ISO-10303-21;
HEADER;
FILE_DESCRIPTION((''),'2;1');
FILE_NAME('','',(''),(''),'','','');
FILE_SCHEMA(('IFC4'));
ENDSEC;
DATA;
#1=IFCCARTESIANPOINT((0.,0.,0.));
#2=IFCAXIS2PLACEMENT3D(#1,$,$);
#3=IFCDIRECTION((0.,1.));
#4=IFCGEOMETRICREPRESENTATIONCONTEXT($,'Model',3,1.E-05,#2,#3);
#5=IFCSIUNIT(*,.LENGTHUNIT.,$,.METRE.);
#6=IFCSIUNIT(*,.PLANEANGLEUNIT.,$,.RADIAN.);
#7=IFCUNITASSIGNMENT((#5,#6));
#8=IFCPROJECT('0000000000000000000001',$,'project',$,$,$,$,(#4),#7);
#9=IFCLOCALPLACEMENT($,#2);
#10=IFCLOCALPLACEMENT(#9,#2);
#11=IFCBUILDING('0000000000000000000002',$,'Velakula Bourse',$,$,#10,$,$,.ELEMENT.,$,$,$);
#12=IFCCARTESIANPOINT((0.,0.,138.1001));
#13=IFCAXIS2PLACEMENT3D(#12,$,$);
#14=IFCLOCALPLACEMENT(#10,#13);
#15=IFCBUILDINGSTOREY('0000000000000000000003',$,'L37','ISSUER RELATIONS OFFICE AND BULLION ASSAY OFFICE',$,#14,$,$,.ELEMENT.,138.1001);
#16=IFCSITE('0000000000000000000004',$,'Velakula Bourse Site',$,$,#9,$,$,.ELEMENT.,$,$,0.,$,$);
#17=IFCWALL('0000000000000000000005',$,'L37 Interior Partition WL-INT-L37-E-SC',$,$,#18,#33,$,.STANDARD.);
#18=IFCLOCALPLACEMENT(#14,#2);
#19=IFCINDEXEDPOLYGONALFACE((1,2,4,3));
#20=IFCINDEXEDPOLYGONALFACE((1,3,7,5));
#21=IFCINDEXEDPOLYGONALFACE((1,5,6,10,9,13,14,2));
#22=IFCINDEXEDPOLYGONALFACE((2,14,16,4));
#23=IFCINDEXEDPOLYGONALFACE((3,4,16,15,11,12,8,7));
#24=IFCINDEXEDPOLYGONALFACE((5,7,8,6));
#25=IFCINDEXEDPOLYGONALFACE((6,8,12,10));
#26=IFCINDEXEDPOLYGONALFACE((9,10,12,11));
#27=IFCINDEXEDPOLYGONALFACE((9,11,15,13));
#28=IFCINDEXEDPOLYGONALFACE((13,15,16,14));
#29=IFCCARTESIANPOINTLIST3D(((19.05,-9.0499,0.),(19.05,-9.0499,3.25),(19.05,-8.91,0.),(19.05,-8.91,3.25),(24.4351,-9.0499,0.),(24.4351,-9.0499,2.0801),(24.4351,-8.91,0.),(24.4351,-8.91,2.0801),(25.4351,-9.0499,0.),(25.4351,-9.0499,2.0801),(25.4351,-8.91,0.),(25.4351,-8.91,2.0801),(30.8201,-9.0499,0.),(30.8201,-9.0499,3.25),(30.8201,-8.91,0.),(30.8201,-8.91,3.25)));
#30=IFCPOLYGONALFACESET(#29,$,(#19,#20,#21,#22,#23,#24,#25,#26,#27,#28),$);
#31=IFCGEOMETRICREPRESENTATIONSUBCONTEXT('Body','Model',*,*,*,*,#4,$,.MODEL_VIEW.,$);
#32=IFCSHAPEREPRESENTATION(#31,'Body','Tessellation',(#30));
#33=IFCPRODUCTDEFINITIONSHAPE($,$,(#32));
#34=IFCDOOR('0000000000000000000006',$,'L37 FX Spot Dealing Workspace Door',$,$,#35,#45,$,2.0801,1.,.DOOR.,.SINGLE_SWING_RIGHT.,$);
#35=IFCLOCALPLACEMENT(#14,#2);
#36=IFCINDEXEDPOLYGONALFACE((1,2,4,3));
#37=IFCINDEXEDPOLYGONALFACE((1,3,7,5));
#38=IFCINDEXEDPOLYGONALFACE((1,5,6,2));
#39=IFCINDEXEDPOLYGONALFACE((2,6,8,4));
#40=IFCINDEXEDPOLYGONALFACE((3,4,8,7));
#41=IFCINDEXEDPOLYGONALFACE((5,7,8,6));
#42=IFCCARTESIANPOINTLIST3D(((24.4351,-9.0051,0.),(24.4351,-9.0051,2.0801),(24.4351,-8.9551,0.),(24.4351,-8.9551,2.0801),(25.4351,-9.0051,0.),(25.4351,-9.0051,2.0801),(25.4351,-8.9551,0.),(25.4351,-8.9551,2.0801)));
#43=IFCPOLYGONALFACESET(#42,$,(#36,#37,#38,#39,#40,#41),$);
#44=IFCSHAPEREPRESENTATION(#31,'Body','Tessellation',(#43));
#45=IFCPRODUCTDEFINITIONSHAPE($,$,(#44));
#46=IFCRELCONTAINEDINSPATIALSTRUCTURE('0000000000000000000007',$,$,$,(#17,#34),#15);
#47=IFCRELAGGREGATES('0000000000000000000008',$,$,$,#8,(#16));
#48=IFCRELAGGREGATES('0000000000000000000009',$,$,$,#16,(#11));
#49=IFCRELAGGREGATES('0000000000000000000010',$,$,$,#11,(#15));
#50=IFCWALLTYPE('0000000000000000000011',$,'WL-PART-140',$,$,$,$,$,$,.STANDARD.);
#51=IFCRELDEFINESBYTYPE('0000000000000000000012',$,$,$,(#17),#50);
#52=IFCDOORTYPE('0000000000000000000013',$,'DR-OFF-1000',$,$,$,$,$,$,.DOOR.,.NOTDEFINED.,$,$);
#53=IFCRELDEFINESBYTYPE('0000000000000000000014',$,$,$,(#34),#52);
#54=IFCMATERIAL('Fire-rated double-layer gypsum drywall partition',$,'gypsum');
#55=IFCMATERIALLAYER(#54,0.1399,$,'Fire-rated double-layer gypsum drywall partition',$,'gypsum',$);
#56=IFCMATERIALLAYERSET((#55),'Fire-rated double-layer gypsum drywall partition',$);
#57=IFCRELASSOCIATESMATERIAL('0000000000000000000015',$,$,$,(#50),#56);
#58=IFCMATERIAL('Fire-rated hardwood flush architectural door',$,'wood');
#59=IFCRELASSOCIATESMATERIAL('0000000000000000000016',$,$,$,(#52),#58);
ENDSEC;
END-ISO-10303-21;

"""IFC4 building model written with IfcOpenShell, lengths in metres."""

from ifc_helpers import new_model, si_unit, direction, frame, frame_2d, origin, place, context, subcontext, project, spatial, rectangle, extrude, material, layer, layer_set, type_object, element, fill, save


model = new_model("IFC4")

# Units and contexts
model_context = context("Model", 3, precision=1e-05, world=origin(), true_north=direction((0.0, 1.0)))
body_context = subcontext(model_context, "Body", "Model", "MODEL_VIEW")
ifc_project = project(units=[si_unit("LENGTHUNIT", "METRE"), si_unit("PLANEANGLEUNIT", "RADIAN")], contexts=[model_context])

# Site, building, storey
site_placement = place(None, origin())
site = spatial("IfcSite", under=ifc_project, at=site_placement, Name="Velakula Bourse Site", CompositionType="ELEMENT", RefElevation=0.0)
building_placement = place(site_placement, origin())
building = spatial("IfcBuilding", under=site, at=building_placement, Name="Velakula Bourse", CompositionType="ELEMENT")
storey_placement = place(building_placement, frame((0.0, 0.0, 138.1001)))
storey = spatial("IfcBuildingStorey", under=building, at=storey_placement, Name="L37", Description="ISSUER RELATIONS OFFICE AND BULLION ASSAY OFFICE", CompositionType="ELEMENT", Elevation=138.1001)

# Wall, opening, door
ifc_material_1 = material(Name="Fire-rated double-layer gypsum drywall partition", Category="gypsum")
ifc_layer_1 = layer(ifc_material_1, 0.1399, Name="Fire-rated double-layer gypsum drywall partition", Category="gypsum")
ifc_layer_set_1 = layer_set([ifc_layer_1], Name="Fire-rated double-layer gypsum drywall partition")
wall_type_1 = type_object("IfcWallType", Name="WL-PART-140", PredefinedType="STANDARD", material=ifc_layer_set_1)
wall_1_placement = place(storey_placement, frame((19.05, -8.98, 0.0), z_axis=(0.0, 0.0, 1.0), x_axis=(1.0, 0.0, 0.0)))
wall_1 = element("IfcWall", 1, at=wall_1_placement, inside=storey, type_object=wall_type_1, Name="L37 Interior Partition WL-INT-L37-E-SC", PredefinedType="STANDARD", context=body_context, shape_type="SweptSolid", body=[
    extrude(rectangle(XDim=11.77, YDim=0.1399, at=frame_2d((5.885, 0.0))), origin(), (0.0, 0.0, 1.0), 3.25),
])
opening_placement = place(wall_1_placement, frame((5.385, 0.0, 0.0)))
opening = element("IfcOpeningElement", 2, at=opening_placement, cuts=wall_1, PredefinedType="OPENING", context=body_context, shape_type="SweptSolid", body=[
    extrude(rectangle(XDim=1.0, YDim=2.0801, at=frame_2d((0.5, 1.04))), frame((0.0, 0.0798, 0.0), z_axis=(0.0, -1.0, 0.0), x_axis=(1.0, 0.0, 0.0)), (0.0, 0.0, 1.0), 0.1599),
])
ifc_material_2 = material(Name="Fire-rated hardwood flush architectural door", Category="wood")
door_type = type_object("IfcDoorType", Name="DR-OFF-1000", OperationType="NOTDEFINED", PredefinedType="DOOR", material=ifc_material_2)
door_placement = place(opening_placement, origin())
door = element("IfcDoor", 3, at=door_placement, inside=storey, type_object=door_type, Name="L37 FX Spot Dealing Workspace Door", OperationType="SINGLE_SWING_RIGHT", OverallHeight=2.0801, OverallWidth=1.0, PredefinedType="DOOR", context=body_context, shape_type="SweptSolid", body=[
    extrude(rectangle(XDim=1.0, YDim=2.0801, at=frame_2d((0.5, 1.04))), frame((0.0, 0.0249, 0.0), z_axis=(0.0, -1.0, 0.0), x_axis=(1.0, 0.0, 0.0)), (0.0, 0.0, 1.0), 0.05),
])
fill(opening, door)

save(model, "model.ifc")
